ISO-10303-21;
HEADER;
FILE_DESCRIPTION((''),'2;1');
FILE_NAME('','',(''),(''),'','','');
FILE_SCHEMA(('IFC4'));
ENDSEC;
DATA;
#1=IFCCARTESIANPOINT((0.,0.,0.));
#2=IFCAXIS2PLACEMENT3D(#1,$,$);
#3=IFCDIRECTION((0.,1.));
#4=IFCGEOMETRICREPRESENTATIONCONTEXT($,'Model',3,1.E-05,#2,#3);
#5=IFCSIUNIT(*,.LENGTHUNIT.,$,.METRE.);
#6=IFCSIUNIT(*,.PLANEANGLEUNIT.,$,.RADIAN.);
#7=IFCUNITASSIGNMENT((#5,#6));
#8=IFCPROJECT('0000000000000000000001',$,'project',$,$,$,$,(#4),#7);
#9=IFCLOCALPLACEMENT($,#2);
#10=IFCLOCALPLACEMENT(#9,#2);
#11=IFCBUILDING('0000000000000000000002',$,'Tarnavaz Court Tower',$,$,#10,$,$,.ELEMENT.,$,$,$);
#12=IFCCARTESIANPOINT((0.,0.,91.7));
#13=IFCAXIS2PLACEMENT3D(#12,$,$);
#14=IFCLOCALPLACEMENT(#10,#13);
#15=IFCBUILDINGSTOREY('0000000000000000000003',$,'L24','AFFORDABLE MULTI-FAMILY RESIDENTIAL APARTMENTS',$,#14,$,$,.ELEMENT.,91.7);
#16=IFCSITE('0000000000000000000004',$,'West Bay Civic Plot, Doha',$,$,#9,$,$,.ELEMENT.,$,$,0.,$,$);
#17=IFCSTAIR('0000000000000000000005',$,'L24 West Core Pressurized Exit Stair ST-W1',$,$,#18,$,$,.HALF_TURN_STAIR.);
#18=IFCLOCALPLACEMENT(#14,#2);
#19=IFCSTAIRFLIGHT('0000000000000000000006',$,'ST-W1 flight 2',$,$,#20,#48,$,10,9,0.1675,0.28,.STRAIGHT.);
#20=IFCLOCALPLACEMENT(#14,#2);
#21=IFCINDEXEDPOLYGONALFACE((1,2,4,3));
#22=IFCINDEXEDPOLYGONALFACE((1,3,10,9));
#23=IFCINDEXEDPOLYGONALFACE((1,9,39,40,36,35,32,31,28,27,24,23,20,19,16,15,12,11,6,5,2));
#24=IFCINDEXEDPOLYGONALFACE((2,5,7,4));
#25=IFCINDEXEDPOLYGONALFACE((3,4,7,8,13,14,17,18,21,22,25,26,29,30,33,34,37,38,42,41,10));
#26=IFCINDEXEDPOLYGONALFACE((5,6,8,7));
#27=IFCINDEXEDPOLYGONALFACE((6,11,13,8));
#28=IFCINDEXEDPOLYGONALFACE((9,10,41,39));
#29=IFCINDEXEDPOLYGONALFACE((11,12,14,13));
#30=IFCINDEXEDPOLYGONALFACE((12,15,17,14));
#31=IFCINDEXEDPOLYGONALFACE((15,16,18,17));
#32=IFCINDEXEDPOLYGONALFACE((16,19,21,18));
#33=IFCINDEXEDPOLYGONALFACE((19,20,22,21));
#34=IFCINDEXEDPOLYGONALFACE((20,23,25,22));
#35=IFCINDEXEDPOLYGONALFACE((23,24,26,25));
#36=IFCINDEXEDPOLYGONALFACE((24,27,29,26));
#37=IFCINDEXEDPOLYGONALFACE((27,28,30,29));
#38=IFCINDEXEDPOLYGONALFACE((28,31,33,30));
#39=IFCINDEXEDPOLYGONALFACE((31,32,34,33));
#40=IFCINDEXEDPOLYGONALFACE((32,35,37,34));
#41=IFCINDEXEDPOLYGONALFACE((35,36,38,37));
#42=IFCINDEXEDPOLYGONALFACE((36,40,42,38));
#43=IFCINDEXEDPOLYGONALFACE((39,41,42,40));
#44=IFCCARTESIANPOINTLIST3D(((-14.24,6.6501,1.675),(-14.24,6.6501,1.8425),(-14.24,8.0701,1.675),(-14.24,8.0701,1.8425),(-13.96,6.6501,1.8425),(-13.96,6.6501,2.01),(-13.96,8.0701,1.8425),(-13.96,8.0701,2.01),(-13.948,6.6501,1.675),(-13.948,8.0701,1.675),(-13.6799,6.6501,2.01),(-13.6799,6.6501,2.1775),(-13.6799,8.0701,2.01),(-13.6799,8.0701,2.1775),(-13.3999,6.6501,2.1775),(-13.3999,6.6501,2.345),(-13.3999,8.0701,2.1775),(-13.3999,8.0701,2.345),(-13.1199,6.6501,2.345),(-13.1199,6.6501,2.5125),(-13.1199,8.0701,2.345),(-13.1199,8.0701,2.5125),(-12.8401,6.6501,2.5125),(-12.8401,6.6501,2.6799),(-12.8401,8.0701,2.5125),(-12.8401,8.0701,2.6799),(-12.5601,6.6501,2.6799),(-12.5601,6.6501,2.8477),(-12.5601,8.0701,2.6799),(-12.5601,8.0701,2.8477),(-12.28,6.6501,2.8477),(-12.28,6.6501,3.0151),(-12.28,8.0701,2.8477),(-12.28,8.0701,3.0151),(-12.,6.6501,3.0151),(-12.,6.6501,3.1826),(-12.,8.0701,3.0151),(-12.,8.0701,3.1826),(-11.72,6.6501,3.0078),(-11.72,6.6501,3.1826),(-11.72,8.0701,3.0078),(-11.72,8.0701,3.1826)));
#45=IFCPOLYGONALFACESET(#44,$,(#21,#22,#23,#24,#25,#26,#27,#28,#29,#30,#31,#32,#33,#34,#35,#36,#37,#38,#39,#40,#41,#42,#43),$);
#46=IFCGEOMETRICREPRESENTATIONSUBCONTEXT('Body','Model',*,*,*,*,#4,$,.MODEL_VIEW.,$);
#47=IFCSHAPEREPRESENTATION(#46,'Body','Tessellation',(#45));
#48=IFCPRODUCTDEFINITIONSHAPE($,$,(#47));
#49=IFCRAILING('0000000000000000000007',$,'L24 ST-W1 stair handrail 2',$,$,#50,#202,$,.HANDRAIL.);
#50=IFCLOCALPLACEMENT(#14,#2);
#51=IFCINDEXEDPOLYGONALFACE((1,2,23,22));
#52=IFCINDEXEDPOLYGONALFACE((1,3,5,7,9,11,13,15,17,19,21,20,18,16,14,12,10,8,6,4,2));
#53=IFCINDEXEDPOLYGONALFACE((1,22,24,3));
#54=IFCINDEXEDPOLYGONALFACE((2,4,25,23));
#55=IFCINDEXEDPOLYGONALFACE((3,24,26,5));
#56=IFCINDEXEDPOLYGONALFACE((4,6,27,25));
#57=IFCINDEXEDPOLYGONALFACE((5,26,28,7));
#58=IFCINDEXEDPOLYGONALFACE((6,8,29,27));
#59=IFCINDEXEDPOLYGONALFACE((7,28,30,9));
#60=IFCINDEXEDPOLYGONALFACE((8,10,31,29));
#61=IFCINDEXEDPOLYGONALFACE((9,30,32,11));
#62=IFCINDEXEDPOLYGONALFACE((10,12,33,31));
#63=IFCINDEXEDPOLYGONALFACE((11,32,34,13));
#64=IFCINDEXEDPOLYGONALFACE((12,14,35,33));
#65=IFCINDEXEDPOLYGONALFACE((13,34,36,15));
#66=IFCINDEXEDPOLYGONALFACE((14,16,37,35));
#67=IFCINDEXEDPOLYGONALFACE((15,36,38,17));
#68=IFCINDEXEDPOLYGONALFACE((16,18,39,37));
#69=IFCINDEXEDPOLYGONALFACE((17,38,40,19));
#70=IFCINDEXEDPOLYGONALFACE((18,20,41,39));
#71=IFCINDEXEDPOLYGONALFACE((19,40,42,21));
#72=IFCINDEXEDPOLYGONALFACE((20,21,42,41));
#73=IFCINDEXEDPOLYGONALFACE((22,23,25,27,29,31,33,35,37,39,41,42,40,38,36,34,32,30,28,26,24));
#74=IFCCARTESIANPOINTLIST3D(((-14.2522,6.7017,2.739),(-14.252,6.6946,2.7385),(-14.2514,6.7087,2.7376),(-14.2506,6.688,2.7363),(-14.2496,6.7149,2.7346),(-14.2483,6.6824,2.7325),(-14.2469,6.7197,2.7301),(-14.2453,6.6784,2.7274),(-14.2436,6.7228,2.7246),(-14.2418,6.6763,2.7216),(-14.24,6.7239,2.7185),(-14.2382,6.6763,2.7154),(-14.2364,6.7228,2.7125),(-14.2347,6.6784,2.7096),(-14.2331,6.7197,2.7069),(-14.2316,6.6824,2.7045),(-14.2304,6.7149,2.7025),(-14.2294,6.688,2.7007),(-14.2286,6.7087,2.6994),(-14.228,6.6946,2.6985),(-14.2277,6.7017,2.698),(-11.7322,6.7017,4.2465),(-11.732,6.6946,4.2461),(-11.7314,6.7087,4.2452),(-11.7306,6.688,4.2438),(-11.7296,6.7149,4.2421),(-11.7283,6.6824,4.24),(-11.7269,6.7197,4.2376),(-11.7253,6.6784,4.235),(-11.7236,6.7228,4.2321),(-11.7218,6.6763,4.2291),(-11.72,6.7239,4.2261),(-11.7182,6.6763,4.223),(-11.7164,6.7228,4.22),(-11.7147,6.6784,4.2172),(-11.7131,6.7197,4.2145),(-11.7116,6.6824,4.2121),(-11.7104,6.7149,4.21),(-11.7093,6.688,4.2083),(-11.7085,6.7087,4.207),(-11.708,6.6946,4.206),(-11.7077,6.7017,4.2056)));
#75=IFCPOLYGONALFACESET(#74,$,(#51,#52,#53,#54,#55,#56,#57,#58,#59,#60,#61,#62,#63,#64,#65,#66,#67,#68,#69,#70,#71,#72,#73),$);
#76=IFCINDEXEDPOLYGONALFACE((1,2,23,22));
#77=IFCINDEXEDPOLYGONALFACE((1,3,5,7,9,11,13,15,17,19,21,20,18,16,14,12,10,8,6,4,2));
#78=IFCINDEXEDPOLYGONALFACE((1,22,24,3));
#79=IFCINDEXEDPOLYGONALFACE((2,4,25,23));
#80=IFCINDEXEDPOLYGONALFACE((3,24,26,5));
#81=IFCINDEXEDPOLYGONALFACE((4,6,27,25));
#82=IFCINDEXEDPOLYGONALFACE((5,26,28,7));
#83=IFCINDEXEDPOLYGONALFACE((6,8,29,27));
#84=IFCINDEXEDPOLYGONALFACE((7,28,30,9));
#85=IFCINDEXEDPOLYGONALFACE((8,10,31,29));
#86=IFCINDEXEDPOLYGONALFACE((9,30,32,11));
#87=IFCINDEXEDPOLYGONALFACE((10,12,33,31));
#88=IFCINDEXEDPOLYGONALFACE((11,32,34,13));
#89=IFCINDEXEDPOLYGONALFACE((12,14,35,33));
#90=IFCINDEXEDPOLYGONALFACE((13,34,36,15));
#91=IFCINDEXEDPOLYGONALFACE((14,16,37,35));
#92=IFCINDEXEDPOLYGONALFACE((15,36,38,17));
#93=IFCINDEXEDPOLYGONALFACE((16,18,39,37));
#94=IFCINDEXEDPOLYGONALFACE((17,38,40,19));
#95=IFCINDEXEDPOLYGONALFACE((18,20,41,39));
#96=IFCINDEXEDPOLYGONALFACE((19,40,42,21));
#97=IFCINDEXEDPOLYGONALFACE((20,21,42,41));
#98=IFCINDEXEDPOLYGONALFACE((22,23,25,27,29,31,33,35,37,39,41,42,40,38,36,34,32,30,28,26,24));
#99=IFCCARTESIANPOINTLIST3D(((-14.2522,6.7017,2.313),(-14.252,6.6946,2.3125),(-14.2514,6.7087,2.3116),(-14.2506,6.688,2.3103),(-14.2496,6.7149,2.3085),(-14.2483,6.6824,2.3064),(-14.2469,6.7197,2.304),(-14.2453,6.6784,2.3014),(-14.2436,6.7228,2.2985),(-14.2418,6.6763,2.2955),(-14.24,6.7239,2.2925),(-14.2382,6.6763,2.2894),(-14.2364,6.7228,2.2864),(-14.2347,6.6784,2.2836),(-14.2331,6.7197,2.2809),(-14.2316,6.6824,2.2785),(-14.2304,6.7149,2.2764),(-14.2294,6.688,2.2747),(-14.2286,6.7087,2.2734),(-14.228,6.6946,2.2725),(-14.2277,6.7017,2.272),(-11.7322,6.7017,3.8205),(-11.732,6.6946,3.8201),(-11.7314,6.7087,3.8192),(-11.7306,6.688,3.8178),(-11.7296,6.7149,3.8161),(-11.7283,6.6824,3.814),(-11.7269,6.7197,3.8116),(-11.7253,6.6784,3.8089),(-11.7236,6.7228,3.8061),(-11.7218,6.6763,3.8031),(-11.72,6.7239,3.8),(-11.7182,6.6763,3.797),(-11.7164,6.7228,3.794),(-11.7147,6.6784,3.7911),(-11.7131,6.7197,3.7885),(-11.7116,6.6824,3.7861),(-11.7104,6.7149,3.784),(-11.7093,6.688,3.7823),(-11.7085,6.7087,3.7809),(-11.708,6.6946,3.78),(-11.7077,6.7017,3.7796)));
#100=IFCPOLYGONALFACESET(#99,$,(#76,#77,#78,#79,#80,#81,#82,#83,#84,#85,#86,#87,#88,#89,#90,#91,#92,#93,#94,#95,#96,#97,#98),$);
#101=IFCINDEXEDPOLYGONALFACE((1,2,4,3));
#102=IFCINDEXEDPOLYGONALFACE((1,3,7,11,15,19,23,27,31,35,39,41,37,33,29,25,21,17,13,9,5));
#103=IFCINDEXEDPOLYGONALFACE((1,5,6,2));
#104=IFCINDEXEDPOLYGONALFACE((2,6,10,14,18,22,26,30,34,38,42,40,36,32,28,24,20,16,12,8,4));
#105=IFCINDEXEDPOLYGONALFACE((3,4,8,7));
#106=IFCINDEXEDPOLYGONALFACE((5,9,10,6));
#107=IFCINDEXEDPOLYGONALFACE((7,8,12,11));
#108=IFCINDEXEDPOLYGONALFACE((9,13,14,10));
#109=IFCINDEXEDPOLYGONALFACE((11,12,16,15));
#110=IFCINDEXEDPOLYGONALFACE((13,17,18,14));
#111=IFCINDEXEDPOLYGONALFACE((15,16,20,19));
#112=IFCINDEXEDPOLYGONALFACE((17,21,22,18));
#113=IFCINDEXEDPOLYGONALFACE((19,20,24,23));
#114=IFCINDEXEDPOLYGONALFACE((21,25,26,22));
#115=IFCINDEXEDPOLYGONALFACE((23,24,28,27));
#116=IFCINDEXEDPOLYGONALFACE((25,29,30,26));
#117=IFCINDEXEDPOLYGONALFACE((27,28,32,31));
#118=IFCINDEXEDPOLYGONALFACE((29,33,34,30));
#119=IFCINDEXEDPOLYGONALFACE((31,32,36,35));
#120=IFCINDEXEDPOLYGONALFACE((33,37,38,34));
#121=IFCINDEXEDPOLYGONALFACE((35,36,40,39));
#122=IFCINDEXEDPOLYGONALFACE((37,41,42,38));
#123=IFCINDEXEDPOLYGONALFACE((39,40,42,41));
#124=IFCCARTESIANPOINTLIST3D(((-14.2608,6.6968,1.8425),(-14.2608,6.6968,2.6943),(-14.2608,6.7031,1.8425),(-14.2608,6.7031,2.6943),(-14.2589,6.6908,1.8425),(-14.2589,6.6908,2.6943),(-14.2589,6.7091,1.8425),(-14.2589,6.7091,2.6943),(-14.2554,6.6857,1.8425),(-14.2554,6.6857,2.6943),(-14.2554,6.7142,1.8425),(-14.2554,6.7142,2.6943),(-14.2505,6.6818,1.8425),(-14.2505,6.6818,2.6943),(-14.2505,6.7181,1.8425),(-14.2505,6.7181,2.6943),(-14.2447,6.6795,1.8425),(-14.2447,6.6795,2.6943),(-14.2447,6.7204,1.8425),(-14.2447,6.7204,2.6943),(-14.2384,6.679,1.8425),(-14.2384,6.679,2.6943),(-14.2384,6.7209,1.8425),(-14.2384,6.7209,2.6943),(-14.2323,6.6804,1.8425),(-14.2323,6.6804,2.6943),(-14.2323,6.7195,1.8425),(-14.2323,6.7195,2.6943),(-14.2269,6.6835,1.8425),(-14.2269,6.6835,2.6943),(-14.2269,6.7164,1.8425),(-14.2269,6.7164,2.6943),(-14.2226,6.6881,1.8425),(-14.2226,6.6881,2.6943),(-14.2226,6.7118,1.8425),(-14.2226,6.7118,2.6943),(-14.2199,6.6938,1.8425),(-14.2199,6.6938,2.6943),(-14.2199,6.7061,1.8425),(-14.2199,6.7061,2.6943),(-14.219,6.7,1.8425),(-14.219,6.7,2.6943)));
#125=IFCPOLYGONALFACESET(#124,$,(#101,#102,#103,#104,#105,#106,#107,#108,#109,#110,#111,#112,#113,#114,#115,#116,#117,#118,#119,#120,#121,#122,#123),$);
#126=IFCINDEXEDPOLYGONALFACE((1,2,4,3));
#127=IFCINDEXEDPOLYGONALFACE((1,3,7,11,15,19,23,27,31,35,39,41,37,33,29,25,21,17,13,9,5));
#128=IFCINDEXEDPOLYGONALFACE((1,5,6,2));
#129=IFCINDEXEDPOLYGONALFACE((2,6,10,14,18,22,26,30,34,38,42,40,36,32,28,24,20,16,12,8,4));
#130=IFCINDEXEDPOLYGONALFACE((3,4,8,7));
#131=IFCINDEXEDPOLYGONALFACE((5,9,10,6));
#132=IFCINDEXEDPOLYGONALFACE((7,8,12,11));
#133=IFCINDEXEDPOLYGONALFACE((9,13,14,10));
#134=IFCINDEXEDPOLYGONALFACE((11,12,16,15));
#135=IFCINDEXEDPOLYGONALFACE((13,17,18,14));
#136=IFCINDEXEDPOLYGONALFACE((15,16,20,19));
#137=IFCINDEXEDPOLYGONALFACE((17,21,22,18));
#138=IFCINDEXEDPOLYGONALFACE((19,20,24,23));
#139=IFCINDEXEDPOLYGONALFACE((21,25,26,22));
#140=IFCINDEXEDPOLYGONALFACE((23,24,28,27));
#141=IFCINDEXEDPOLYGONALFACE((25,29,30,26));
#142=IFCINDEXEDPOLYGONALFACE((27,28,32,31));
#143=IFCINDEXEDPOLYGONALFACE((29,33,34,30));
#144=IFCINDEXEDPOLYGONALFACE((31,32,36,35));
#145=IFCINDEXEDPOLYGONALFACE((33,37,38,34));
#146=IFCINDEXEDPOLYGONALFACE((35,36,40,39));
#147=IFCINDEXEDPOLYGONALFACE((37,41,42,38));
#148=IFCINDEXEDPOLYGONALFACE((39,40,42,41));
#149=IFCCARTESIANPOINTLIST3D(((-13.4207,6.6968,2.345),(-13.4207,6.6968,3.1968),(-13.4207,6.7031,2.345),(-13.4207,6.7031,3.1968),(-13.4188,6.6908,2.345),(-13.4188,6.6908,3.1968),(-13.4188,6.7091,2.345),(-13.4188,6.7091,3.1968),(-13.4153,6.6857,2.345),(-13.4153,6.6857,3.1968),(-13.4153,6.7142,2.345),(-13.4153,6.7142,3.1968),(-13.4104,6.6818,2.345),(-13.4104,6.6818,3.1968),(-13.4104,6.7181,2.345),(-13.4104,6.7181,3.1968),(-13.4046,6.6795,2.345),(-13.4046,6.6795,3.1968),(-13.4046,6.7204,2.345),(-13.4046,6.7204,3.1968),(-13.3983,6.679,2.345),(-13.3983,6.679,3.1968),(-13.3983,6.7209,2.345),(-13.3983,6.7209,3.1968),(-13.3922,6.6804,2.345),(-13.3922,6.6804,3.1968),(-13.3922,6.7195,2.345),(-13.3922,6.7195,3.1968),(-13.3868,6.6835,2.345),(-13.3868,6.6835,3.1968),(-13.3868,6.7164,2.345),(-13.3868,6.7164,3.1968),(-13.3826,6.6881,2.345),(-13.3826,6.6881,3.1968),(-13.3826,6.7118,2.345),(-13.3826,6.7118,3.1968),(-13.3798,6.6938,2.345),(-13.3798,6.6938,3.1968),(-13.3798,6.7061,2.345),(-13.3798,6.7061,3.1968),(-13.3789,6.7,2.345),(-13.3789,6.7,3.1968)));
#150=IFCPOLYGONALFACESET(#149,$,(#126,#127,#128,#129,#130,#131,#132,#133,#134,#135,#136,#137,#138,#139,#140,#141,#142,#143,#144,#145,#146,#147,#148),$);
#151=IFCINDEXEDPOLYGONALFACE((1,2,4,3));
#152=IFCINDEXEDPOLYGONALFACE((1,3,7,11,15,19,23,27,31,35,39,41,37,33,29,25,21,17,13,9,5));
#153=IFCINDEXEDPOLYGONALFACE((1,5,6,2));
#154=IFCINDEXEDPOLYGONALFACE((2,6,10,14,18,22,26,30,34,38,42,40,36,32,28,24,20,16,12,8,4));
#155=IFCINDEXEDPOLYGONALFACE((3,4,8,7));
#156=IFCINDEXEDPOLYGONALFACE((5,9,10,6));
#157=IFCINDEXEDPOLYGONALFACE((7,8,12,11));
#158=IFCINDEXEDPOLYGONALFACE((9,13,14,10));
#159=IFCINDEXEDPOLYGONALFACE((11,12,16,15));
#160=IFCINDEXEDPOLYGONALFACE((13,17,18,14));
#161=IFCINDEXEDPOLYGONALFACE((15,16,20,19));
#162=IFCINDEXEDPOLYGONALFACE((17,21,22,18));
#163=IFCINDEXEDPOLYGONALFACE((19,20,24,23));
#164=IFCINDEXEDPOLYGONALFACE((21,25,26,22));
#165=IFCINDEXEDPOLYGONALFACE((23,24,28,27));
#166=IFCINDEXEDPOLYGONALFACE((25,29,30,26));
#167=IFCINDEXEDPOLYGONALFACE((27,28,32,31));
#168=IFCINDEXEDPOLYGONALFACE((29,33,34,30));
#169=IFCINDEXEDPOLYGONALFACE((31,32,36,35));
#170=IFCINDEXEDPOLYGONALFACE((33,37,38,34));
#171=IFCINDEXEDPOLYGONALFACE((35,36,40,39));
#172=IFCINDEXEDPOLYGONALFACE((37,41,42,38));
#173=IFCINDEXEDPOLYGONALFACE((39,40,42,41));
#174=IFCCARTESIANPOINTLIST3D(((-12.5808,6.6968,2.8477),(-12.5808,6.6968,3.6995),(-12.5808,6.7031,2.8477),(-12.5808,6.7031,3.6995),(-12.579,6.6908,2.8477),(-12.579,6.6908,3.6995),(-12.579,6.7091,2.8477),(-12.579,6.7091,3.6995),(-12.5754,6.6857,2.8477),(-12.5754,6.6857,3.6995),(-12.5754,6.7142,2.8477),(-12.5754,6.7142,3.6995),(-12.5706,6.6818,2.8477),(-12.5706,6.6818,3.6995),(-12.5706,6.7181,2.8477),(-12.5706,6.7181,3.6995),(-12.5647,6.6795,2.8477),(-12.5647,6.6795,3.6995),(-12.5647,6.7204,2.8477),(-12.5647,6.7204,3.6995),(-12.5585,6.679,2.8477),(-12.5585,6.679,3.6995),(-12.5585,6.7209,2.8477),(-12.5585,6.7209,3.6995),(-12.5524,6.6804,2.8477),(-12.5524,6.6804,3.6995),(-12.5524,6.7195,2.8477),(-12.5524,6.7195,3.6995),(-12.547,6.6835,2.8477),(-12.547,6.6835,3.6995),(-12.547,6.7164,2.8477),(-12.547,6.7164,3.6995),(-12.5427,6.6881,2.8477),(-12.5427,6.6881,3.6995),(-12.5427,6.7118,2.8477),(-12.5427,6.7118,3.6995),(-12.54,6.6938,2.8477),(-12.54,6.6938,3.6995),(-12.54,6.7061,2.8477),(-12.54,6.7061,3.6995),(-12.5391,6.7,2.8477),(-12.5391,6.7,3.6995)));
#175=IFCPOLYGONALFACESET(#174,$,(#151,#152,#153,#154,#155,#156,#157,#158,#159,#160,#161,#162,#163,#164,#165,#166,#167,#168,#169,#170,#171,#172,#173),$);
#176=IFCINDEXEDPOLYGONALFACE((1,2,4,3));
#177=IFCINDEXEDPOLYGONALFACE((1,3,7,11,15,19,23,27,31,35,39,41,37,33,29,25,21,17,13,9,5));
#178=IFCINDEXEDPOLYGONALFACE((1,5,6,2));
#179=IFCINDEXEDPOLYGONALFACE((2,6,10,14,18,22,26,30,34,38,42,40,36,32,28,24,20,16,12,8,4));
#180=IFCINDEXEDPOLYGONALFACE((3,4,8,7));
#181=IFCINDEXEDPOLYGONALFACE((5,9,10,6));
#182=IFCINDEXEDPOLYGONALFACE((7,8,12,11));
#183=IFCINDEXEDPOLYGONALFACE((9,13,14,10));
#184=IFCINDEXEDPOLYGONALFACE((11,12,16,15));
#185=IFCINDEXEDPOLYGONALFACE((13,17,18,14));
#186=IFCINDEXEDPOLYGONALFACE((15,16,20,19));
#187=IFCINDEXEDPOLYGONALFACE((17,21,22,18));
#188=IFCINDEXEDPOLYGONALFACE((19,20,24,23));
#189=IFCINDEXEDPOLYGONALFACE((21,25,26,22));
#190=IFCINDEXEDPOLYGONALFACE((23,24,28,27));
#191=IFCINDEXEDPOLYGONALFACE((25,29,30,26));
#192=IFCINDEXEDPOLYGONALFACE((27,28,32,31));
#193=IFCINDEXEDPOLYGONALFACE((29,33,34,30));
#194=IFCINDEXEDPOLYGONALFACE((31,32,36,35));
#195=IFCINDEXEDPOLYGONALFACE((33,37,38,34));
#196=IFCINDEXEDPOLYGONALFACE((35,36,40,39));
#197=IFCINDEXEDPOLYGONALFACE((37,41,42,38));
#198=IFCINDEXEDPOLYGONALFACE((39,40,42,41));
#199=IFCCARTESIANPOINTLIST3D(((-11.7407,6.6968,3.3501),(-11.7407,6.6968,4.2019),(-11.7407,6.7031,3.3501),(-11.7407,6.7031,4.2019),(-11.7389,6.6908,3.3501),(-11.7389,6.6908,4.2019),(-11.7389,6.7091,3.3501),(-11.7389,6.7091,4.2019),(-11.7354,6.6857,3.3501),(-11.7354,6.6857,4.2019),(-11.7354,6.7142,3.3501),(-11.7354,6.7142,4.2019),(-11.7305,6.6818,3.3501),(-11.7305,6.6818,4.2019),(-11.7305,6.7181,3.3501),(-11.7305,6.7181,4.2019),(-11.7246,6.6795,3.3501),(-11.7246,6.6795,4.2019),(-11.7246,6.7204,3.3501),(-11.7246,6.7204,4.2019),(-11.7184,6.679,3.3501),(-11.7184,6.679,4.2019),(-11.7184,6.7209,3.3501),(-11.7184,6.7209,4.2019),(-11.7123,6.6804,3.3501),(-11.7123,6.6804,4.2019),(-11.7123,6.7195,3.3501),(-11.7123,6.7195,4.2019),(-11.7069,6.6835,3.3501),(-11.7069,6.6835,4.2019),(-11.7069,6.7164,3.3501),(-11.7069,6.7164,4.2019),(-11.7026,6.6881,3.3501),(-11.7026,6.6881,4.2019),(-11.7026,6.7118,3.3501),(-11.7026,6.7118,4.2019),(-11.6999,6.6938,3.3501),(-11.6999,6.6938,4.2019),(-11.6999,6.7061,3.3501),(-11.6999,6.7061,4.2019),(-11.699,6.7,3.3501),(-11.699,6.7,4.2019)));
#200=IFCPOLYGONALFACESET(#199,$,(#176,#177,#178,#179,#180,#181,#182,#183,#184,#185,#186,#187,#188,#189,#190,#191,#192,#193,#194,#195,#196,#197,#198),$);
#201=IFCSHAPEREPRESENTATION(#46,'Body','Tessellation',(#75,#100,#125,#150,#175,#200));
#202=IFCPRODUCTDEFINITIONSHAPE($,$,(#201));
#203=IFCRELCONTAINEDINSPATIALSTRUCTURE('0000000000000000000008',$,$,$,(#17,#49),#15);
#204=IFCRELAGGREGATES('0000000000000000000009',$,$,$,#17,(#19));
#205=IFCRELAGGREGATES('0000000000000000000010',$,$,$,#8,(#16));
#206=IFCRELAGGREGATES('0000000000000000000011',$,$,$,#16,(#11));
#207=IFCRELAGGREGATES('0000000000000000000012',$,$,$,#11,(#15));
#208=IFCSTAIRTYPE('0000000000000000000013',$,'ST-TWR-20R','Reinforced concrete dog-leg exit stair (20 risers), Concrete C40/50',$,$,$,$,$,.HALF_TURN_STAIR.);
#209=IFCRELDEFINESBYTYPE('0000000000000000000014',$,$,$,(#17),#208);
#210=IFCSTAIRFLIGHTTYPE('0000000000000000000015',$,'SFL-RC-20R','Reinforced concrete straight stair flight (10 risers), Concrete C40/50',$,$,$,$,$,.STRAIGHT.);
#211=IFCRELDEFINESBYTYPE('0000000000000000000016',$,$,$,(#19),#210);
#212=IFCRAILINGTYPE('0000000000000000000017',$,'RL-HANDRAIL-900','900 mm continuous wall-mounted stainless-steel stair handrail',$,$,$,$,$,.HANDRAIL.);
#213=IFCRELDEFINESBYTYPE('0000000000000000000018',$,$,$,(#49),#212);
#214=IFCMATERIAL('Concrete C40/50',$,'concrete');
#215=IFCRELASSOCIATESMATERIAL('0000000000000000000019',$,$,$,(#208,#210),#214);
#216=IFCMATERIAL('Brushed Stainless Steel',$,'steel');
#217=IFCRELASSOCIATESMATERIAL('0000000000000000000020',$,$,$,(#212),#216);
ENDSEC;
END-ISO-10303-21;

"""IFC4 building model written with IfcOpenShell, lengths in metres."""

from ifc_helpers import new_model, si_unit, direction, frame, origin, origin_2d, place, context, subcontext, project, spatial, polyline, circle, outline, extrude, material, type_object, element, aggregate, save


model = new_model("IFC4")

# Units and contexts
model_context = context("Model", 3, precision=1e-05, world=origin(), true_north=direction((0.0, 1.0)))
body_context = subcontext(model_context, "Body", "Model", "MODEL_VIEW")
ifc_project = project(units=[si_unit("LENGTHUNIT", "METRE"), si_unit("PLANEANGLEUNIT", "RADIAN")], contexts=[model_context])

# Site, building, storey
site_placement = place(None, origin())
site = spatial("IfcSite", under=ifc_project, at=site_placement, Name="West Bay Civic Plot, Doha", CompositionType="ELEMENT", RefElevation=0.0)
building_placement = place(site_placement, origin())
building = spatial("IfcBuilding", under=site, at=building_placement, Name="Tarnavaz Court Tower", CompositionType="ELEMENT")
storey_placement = place(building_placement, frame((0.0, 0.0, 91.7)))
storey = spatial("IfcBuildingStorey", under=building, at=storey_placement, Name="L24", Description="AFFORDABLE MULTI-FAMILY RESIDENTIAL APARTMENTS", CompositionType="ELEMENT", Elevation=91.7)

# Stair, stair flight
ifc_material_1 = material(Name="Concrete C40/50", Category="concrete")
stair_type = type_object("IfcStairType", Name="ST-TWR-20R", Description="Reinforced concrete dog-leg exit stair (20 risers), Concrete C40/50", PredefinedType="HALF_TURN_STAIR", material=ifc_material_1)
stair_placement = place(storey_placement, origin())
stair = element("IfcStair", 1, at=stair_placement, inside=storey, type_object=stair_type, Name="L24 West Core Pressurized Exit Stair ST-W1", PredefinedType="HALF_TURN_STAIR")
stair_flight_type = type_object("IfcStairFlightType", Name="SFL-RC-20R", Description="Reinforced concrete straight stair flight (10 risers), Concrete C40/50", PredefinedType="STRAIGHT", material=ifc_material_1)
stair_flight_placement = place(storey_placement, frame((-14.24, 7.3601, 1.675), z_axis=(0.0, 0.0, 1.0), x_axis=(1.0, 0.0, 0.0)))
stair_flight = element("IfcStairFlight", 2, at=stair_flight_placement, type_object=stair_flight_type, Name="ST-W1 flight 2", NumberOfRisers=10, NumberOfTreads=9, PredefinedType="STRAIGHT", RiserHeight=0.1675, TreadLength=0.28, context=body_context, shape_type="SweptSolid", body=[
    extrude(outline(polyline([(0.0, 0.0), (0.0, 0.1675), (0.28, 0.1675), (0.28, 0.335), (0.5601, 0.335), (0.5601, 0.5024), (0.8401, 0.5024), (0.8401, 0.6699), (1.1201, 0.6699), (1.1201, 0.8374), (1.3999, 0.8374), (1.3999, 1.0049), (1.6799, 1.0049), (1.6799, 1.1726), (1.96, 1.1726), (1.96, 1.3401), (2.24, 1.3401), (2.24, 1.5076), (2.52, 1.5076), (2.52, 1.675), (2.52, 1.3328), (0.292, 0.0), (0.0, 0.0)])), frame((0.0, 0.71, 0.0), z_axis=(0.0, -1.0, 0.0), x_axis=(1.0, 0.0, 0.0)), (0.0, 0.0, 1.0), 1.4199),
])
aggregate(stair, [stair_flight])

# Railing
ifc_material_2 = material(Name="Brushed Stainless Steel", Category="steel")
railing_type_1 = type_object("IfcRailingType", Name="RL-HANDRAIL-900", Description="900 mm continuous wall-mounted stainless-steel stair handrail", PredefinedType="HANDRAIL", material=ifc_material_2)
railing_1_placement = place(storey_placement, frame((-14.24, 6.7, 1.8425)))
element("IfcRailing", 3, at=railing_1_placement, inside=storey, type_object=railing_type_1, Name="L24 ST-W1 stair handrail 2", PredefinedType="HANDRAIL", context=body_context, shape_type="SweptSolid", body=[
    extrude(circle(Radius=0.0239, at=origin_2d()), frame((0.0, 0.0, 0.876), z_axis=(0.85816, 0.0, 0.513383), x_axis=(0.0, 1.0, 0.0)), (0.0, 0.0, 1.0), 2.9365),
    extrude(circle(Radius=0.0239, at=origin_2d()), frame((0.0, 0.0, 0.45), z_axis=(0.85816, 0.0, 0.513383), x_axis=(0.0, 1.0, 0.0)), (0.0, 0.0, 1.0), 2.9365),
    extrude(circle(Radius=0.021, at=origin_2d()), origin(), (0.0, 0.0, 1.0), 0.8518),
    extrude(circle(Radius=0.021, at=origin_2d()), frame((0.8401, 0.0, 0.5024)), (0.0, 0.0, 1.0), 0.8518),
    extrude(circle(Radius=0.021, at=origin_2d()), frame((1.6799, 0.0, 1.0051)), (0.0, 0.0, 1.0), 0.8518),
    extrude(circle(Radius=0.021, at=origin_2d()), frame((2.52, 0.0, 1.5076)), (0.0, 0.0, 1.0), 0.8518),
])

save(model, "model.ifc")
